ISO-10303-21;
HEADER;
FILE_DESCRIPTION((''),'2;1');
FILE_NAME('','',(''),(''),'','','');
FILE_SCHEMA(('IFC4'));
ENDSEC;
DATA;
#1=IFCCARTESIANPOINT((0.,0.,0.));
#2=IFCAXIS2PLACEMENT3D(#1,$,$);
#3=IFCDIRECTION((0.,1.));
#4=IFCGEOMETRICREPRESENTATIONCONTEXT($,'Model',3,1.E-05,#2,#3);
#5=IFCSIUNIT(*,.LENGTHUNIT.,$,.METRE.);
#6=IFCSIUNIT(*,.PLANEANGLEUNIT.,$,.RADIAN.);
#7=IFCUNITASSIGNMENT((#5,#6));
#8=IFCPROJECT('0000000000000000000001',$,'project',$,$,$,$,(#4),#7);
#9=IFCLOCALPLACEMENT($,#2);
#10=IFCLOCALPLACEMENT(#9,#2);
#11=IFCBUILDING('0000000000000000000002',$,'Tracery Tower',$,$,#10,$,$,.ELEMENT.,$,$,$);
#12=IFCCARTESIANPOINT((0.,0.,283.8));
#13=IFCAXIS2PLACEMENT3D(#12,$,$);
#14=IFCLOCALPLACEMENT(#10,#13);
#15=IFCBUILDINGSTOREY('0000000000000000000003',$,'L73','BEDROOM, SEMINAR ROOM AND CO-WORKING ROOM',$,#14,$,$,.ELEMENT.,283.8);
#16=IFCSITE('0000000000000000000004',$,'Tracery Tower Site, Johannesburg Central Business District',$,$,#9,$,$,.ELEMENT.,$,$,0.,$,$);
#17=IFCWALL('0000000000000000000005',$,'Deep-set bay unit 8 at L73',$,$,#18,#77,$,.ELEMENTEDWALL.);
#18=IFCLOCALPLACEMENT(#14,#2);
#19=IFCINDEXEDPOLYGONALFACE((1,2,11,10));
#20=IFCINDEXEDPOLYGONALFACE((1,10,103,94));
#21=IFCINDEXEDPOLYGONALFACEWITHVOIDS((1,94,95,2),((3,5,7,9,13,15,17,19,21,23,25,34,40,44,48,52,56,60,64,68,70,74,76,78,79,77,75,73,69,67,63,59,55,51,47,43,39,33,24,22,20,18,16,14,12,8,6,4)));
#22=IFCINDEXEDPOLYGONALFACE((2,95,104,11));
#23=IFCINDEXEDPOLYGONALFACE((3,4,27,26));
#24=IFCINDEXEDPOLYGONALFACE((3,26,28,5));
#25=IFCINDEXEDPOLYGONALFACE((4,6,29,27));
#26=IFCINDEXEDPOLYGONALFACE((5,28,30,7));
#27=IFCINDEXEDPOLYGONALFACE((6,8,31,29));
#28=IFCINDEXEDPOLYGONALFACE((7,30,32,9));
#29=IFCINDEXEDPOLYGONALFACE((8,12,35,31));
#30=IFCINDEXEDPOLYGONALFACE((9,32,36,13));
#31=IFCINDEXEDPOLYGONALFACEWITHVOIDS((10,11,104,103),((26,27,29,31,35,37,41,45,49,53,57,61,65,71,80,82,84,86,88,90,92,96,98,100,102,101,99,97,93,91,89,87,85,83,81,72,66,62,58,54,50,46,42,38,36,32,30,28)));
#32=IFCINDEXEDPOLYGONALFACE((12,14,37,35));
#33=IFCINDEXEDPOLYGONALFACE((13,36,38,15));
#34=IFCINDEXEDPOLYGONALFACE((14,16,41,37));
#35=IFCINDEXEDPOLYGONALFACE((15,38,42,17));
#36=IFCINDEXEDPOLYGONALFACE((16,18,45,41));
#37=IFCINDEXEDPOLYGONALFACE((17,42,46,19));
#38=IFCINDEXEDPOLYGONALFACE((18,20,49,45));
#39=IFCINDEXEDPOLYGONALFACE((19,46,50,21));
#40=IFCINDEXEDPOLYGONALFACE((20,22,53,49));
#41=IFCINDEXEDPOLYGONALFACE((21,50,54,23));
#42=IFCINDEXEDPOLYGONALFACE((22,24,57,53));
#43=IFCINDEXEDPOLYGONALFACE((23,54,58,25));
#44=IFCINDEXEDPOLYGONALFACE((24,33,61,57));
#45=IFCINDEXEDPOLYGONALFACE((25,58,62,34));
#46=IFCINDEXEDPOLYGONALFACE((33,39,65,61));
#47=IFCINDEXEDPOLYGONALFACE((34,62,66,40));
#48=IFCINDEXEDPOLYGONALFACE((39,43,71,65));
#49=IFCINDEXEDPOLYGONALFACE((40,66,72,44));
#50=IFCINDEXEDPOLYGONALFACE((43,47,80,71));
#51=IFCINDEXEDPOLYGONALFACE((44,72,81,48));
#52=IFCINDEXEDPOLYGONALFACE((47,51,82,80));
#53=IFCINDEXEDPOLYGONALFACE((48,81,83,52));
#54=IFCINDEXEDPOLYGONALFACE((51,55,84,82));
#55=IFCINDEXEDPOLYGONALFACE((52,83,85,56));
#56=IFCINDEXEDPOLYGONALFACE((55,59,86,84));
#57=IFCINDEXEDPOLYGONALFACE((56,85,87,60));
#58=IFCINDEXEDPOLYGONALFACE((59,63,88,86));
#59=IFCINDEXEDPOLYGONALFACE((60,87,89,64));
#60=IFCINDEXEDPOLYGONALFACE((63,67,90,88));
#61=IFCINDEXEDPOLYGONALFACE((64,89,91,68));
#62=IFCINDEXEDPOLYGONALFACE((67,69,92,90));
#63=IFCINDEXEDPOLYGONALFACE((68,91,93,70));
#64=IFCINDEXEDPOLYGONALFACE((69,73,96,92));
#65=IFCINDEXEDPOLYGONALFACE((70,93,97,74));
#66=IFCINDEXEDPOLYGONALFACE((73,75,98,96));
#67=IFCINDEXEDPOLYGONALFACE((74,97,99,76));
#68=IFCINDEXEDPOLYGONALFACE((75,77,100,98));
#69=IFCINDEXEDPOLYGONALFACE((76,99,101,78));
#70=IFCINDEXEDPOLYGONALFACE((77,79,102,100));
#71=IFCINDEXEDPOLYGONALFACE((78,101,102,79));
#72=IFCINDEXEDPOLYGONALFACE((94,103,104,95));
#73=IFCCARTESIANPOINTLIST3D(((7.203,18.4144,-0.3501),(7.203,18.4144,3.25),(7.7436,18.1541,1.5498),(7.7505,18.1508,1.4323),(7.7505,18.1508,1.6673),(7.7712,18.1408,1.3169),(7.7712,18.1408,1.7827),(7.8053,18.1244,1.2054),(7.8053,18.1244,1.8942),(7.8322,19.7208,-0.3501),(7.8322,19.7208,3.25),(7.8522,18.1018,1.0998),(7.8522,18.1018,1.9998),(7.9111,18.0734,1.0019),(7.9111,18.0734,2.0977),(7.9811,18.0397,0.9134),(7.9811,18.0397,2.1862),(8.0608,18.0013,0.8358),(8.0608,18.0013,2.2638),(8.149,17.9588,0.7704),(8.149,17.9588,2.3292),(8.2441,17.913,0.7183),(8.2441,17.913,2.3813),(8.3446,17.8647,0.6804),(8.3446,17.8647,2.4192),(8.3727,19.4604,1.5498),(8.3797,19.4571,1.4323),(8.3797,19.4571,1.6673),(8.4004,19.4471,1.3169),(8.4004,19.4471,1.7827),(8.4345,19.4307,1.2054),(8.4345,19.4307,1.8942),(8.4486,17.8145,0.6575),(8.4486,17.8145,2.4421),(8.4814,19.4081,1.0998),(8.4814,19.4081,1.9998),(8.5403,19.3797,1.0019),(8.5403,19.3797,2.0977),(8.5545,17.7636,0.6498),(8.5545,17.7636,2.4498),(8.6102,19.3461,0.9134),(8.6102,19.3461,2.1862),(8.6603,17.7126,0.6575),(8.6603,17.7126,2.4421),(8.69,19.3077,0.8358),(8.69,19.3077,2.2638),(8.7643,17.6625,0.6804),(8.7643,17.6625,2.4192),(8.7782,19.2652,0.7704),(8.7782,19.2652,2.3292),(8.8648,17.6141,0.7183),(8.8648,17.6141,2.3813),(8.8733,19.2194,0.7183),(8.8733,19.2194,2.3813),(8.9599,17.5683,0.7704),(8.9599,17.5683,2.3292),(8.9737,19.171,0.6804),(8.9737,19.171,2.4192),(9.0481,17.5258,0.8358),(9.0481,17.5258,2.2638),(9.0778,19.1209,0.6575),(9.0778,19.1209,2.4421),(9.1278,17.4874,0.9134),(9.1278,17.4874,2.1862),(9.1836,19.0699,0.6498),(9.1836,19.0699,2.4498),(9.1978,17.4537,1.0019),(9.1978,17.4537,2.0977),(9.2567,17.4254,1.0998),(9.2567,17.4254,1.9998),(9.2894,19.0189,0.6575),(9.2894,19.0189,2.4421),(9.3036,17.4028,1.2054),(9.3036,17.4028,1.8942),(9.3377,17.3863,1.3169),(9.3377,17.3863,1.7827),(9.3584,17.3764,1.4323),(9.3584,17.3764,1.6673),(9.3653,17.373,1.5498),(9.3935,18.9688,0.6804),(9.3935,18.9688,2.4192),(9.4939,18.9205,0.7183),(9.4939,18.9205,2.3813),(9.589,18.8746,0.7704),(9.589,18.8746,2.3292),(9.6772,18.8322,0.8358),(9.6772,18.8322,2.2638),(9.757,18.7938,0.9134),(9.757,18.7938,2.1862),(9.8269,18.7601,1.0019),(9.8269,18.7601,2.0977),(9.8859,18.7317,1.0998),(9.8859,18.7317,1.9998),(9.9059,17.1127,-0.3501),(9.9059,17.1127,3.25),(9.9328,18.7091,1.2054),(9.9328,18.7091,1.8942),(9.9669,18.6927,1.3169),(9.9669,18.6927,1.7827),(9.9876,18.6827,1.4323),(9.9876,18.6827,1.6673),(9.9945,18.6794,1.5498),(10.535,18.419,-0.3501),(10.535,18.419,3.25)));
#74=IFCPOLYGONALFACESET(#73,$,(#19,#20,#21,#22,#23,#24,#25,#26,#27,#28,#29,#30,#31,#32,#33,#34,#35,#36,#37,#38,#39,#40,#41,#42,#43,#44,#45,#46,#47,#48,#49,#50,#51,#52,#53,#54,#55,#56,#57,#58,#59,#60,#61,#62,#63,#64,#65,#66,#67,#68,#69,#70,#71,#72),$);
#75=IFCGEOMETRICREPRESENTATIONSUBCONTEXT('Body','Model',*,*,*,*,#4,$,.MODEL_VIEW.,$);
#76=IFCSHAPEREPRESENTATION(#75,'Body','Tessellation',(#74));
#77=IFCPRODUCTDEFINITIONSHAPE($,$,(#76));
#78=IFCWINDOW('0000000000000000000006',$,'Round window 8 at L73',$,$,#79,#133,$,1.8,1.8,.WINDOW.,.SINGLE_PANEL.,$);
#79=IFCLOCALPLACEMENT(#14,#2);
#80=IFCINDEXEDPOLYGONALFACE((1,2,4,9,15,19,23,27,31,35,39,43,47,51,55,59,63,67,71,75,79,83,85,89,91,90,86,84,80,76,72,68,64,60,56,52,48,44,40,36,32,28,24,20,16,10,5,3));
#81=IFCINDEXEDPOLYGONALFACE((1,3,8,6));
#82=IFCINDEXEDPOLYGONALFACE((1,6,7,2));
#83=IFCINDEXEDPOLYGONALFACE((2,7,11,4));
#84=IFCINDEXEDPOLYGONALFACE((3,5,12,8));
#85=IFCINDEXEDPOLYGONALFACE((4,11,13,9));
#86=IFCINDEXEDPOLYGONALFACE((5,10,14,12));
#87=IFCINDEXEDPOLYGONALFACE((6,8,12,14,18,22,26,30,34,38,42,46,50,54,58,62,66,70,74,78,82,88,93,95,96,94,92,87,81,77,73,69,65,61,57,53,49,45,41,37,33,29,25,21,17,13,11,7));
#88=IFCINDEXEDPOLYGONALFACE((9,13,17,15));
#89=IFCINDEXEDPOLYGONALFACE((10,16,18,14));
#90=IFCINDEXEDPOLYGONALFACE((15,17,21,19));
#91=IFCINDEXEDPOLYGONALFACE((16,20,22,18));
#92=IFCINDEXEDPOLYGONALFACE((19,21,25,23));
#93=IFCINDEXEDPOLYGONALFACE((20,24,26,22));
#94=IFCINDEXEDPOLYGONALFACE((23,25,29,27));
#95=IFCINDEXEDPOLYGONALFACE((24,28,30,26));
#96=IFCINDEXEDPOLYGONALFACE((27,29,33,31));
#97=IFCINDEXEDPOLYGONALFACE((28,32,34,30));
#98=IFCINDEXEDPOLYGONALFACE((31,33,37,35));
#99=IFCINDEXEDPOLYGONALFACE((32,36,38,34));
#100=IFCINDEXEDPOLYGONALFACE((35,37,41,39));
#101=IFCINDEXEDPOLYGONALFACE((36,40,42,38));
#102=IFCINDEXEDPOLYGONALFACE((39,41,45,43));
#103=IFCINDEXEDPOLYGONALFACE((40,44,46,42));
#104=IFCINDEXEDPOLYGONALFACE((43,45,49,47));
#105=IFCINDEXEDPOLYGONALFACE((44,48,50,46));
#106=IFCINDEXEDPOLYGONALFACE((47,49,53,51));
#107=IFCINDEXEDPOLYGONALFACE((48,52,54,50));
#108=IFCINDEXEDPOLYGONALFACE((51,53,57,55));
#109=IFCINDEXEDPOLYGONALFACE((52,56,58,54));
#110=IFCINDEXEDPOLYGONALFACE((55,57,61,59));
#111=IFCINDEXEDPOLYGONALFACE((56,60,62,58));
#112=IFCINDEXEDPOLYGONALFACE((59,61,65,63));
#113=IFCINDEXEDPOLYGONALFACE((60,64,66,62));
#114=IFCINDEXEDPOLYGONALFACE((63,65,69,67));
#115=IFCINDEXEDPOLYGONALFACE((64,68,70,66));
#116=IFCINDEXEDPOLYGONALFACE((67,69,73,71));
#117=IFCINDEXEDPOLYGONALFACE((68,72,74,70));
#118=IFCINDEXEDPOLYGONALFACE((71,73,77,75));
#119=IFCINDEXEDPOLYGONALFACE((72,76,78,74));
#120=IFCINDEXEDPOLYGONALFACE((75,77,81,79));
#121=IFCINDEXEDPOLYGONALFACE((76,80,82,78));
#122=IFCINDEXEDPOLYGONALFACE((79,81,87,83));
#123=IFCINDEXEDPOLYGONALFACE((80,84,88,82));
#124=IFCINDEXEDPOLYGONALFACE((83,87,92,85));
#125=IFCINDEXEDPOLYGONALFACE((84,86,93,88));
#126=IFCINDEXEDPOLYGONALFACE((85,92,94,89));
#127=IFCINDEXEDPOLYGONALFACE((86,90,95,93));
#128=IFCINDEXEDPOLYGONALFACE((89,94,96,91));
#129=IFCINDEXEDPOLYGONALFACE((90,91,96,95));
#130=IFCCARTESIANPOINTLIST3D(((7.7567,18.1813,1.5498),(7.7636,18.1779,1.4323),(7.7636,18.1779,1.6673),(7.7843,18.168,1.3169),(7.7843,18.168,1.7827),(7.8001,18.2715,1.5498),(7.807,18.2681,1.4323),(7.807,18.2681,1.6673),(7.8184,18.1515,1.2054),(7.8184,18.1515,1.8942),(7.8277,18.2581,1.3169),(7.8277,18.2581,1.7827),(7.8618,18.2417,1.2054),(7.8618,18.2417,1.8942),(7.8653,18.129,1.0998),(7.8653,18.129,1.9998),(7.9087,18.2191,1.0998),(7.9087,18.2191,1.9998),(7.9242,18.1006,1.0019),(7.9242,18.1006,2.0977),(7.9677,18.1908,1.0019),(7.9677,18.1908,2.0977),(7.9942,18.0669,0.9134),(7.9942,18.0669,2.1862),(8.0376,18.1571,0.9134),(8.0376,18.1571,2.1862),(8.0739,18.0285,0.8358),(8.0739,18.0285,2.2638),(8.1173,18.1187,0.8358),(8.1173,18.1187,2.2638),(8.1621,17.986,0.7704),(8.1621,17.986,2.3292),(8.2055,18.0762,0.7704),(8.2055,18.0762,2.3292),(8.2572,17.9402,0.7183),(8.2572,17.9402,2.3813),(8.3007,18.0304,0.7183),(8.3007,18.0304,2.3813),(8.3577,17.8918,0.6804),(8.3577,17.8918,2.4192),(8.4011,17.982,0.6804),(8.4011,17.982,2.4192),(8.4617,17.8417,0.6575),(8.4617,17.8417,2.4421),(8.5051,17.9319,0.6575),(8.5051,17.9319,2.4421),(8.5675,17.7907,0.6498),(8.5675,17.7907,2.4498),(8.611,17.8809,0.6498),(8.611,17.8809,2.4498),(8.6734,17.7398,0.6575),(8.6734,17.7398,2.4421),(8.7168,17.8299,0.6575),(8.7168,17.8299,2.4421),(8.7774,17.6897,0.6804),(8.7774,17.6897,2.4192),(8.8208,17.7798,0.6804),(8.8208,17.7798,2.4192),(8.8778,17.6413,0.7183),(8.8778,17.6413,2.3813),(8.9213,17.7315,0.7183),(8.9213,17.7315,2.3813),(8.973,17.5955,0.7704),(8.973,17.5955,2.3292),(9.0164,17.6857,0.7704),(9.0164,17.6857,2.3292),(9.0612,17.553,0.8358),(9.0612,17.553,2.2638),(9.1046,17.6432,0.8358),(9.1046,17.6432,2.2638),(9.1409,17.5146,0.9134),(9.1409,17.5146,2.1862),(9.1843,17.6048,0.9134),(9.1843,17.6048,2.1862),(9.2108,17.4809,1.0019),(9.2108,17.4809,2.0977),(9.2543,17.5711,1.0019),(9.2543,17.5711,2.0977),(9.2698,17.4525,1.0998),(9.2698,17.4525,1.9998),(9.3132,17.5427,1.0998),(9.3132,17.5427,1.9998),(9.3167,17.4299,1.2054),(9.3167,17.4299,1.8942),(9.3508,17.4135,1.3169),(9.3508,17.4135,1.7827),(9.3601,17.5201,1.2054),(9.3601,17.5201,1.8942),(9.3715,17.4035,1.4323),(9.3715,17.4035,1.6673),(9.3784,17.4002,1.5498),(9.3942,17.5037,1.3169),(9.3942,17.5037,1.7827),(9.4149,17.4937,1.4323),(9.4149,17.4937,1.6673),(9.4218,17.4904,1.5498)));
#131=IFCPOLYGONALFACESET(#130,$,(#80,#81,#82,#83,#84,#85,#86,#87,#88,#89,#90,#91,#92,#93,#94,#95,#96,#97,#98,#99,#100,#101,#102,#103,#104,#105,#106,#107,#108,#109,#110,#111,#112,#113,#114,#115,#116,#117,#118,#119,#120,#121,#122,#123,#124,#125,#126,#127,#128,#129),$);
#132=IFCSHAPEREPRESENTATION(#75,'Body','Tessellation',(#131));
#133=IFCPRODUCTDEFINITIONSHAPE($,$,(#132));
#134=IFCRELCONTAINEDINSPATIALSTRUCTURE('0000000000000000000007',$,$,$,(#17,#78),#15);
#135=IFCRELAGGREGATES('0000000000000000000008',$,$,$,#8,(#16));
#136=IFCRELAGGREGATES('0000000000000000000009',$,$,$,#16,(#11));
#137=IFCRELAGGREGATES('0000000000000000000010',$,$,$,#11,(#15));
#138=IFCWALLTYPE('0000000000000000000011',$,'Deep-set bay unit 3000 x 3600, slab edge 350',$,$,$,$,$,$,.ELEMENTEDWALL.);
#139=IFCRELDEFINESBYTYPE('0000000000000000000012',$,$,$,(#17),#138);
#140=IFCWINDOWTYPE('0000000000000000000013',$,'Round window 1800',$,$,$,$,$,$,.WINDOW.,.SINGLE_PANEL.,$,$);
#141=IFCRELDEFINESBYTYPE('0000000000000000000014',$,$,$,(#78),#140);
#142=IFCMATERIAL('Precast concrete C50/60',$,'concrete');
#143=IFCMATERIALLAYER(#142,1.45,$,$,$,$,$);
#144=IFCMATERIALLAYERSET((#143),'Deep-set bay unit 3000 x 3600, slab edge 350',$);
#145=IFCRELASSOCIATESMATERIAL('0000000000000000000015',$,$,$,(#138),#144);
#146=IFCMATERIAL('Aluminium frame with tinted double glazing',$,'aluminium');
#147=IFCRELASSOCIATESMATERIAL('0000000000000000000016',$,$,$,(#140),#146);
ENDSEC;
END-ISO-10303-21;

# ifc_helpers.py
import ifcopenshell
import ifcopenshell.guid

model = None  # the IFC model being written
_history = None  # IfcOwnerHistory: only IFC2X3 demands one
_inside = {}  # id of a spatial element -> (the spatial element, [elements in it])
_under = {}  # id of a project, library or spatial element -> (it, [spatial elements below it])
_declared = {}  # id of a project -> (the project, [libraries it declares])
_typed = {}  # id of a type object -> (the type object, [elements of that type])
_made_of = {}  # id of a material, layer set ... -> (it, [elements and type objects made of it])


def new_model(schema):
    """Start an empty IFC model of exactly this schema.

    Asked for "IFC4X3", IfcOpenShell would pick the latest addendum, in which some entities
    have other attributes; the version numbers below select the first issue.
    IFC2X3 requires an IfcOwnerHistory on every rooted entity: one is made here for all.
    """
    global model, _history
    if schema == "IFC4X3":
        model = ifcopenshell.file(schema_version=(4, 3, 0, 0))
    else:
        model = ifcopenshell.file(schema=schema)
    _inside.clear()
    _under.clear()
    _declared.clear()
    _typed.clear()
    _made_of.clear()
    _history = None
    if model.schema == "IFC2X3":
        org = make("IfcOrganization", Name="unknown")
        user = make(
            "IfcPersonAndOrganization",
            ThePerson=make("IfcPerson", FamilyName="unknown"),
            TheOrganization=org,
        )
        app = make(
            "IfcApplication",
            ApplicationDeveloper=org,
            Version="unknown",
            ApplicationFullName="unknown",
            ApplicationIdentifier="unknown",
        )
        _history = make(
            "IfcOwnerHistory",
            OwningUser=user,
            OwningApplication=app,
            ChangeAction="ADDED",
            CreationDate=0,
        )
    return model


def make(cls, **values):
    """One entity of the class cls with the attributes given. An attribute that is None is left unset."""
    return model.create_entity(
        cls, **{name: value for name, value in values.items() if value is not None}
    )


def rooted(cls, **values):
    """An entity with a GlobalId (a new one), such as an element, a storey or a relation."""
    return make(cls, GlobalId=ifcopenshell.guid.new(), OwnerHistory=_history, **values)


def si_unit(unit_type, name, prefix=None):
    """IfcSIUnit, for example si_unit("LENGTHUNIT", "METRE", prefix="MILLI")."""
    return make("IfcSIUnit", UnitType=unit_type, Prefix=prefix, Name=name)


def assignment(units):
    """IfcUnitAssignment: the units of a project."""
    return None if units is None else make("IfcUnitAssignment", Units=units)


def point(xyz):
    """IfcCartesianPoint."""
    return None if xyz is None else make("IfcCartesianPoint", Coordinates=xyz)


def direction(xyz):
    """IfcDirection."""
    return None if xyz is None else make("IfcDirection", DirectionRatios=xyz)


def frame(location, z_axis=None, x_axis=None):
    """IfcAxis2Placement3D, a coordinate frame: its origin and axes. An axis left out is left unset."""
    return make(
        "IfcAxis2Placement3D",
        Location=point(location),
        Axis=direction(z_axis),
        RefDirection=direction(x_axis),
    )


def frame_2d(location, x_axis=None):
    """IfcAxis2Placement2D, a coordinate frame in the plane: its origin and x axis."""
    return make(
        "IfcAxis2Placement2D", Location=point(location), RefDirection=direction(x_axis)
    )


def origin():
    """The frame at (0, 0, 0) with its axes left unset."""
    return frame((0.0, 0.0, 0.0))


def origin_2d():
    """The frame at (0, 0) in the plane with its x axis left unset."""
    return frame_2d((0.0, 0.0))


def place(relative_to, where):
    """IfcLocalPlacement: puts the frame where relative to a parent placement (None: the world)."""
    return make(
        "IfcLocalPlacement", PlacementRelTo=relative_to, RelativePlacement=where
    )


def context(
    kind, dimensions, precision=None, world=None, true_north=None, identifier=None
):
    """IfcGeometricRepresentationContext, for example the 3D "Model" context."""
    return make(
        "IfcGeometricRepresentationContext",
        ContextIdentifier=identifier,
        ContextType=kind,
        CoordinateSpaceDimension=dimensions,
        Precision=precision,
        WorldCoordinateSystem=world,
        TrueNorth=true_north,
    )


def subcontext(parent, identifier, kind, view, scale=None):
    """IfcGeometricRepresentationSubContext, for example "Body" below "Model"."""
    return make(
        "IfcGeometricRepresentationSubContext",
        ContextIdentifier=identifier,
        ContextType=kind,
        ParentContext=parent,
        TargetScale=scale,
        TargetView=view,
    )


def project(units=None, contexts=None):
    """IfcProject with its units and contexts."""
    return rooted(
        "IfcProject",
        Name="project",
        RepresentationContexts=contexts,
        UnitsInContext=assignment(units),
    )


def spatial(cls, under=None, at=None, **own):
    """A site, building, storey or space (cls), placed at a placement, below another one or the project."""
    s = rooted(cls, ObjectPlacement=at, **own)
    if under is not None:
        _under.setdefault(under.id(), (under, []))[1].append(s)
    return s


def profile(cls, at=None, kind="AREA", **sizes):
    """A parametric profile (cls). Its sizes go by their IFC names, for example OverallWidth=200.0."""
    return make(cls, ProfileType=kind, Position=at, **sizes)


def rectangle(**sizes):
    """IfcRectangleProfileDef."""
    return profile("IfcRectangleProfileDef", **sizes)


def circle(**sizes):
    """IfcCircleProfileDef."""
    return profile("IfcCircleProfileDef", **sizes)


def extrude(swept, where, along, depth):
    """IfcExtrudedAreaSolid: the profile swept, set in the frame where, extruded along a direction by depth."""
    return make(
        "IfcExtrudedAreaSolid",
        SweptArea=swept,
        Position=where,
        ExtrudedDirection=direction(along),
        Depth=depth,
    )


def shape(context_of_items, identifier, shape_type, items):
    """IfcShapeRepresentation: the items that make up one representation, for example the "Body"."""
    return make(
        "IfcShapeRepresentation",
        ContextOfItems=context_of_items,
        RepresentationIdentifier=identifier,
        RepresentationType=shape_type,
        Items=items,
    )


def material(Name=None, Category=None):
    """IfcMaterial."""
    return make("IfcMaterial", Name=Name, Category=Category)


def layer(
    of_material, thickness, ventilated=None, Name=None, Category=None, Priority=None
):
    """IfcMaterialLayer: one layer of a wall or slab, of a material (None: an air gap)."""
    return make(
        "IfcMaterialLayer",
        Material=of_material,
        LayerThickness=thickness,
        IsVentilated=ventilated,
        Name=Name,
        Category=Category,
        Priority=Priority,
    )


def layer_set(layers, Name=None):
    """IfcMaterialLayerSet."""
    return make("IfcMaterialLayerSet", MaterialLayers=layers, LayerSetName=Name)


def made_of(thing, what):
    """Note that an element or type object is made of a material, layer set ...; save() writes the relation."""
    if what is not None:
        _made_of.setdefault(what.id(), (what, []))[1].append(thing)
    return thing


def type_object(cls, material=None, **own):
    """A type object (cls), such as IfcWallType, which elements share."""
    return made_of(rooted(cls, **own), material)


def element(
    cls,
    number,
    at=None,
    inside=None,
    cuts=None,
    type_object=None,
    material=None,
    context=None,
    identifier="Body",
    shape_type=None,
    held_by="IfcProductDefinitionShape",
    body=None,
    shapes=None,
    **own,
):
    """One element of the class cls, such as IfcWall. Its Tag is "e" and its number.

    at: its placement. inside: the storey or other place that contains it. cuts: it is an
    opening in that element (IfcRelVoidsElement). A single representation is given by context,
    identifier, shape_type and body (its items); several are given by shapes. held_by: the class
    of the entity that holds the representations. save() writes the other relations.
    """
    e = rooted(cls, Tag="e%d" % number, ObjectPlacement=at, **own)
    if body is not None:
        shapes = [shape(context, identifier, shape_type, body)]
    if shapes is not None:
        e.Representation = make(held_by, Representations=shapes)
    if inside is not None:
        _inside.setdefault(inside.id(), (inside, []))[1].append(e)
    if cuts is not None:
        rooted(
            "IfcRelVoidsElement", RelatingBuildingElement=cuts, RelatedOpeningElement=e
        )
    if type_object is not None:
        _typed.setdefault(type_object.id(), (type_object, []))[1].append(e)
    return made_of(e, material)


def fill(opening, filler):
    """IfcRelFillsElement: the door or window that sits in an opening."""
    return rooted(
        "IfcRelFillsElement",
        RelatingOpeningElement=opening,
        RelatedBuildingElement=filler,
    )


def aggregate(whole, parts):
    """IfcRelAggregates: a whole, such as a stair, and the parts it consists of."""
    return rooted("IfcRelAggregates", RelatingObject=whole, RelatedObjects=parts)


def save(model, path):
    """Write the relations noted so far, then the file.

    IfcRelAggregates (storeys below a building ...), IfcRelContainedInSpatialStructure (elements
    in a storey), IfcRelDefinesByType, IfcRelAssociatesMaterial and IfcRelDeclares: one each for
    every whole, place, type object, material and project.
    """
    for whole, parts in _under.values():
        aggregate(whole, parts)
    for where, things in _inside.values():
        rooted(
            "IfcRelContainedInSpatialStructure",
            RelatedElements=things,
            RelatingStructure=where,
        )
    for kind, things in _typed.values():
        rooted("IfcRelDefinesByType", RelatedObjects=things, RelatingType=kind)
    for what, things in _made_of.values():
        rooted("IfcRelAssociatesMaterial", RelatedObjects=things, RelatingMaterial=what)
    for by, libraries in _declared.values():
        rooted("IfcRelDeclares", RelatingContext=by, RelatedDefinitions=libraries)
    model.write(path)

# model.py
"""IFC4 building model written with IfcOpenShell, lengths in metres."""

from ifc_helpers import new_model, si_unit, direction, frame, frame_2d, origin, origin_2d, place, context, subcontext, project, spatial, rectangle, circle, extrude, material, layer, layer_set, type_object, element, fill, save


model = new_model("IFC4")

# Units and contexts
model_context = context("Model", 3, precision=1e-05, world=origin(), true_north=direction((0.0, 1.0)))
body_context = subcontext(model_context, "Body", "Model", "MODEL_VIEW")
ifc_project = project(units=[si_unit("LENGTHUNIT", "METRE"), si_unit("PLANEANGLEUNIT", "RADIAN")], contexts=[model_context])

# Site, building, storey
site_placement = place(None, origin())
site = spatial("IfcSite", under=ifc_project, at=site_placement, Name="Tracery Tower Site, Johannesburg Central Business District", CompositionType="ELEMENT", RefElevation=0.0)
building_placement = place(site_placement, origin())
building = spatial("IfcBuilding", under=site, at=building_placement, Name="Tracery Tower", CompositionType="ELEMENT")
storey_placement = place(building_placement, frame((0.0, 0.0, 283.8)))
storey = spatial("IfcBuildingStorey", under=building, at=storey_placement, Name="L73", Description="BEDROOM, SEMINAR ROOM AND CO-WORKING ROOM", CompositionType="ELEMENT", Elevation=283.8)

# Wall, opening, window
ifc_material_1 = material(Name="Precast concrete C50/60", Category="concrete")
ifc_layer_1 = layer(ifc_material_1, 1.45)
ifc_layer_set_1 = layer_set([ifc_layer_1], Name="Deep-set bay unit 3000 x 3600, slab edge 350")
wall_type_1 = type_object("IfcWallType", Name="Deep-set bay unit 3000 x 3600, slab edge 350", PredefinedType="ELEMENTEDWALL", material=ifc_layer_set_1)
ifc_material_2 = material(Name="Aluminium frame with tinted double glazing", Category="aluminium")
window_type = type_object("IfcWindowType", Name="Round window 1800", PartitioningType="SINGLE_PANEL", PredefinedType="WINDOW", material=ifc_material_2)
wall_1_placement = place(storey_placement, frame((10.2205, 17.7659, -0.3501), z_axis=(0.0, 0.0, 1.0), x_axis=(-0.900953, 0.433916, 0.0)))
wall_1 = element("IfcWall", 1, at=wall_1_placement, inside=storey, type_object=wall_type_1, Name="Deep-set bay unit 8 at L73", PredefinedType="ELEMENTEDWALL", context=body_context, shape_type="SweptSolid", body=[
    extrude(rectangle(XDim=3.0, YDim=1.45, at=frame_2d((1.5, 0.0))), origin(), (0.0, 0.0, 1.0), 3.6001),
])
opening_1_placement = place(wall_1_placement, frame((1.5, 0.0, 1.8999)))
opening_1 = element("IfcOpeningElement", 2, at=opening_1_placement, cuts=wall_1, PredefinedType="OPENING", context=body_context, shape_type="SweptSolid", body=[
    extrude(circle(Radius=0.9, at=origin_2d()), frame((0.0, 0.7349, 0.0), z_axis=(0.0, -1.0, 0.0), x_axis=(1.0, 0.0, 0.0)), (0.0, 0.0, 1.0), 1.47),
])
window_1_placement = place(opening_1_placement, origin())
window_1 = element("IfcWindow", 3, at=window_1_placement, inside=storey, type_object=window_type, Name="Round window 8 at L73", OverallHeight=1.8, OverallWidth=1.8, PartitioningType="SINGLE_PANEL", PredefinedType="WINDOW", context=body_context, shape_type="SweptSolid", body=[
    extrude(circle(Radius=0.9, at=origin_2d()), frame((0.0, 0.6948, 0.0), z_axis=(0.0, -1.0, 0.0), x_axis=(1.0, 0.0, 0.0)), (0.0, 0.0, 1.0), 0.1001),
])
fill(opening_1, window_1)

save(model, "model.ifc")
